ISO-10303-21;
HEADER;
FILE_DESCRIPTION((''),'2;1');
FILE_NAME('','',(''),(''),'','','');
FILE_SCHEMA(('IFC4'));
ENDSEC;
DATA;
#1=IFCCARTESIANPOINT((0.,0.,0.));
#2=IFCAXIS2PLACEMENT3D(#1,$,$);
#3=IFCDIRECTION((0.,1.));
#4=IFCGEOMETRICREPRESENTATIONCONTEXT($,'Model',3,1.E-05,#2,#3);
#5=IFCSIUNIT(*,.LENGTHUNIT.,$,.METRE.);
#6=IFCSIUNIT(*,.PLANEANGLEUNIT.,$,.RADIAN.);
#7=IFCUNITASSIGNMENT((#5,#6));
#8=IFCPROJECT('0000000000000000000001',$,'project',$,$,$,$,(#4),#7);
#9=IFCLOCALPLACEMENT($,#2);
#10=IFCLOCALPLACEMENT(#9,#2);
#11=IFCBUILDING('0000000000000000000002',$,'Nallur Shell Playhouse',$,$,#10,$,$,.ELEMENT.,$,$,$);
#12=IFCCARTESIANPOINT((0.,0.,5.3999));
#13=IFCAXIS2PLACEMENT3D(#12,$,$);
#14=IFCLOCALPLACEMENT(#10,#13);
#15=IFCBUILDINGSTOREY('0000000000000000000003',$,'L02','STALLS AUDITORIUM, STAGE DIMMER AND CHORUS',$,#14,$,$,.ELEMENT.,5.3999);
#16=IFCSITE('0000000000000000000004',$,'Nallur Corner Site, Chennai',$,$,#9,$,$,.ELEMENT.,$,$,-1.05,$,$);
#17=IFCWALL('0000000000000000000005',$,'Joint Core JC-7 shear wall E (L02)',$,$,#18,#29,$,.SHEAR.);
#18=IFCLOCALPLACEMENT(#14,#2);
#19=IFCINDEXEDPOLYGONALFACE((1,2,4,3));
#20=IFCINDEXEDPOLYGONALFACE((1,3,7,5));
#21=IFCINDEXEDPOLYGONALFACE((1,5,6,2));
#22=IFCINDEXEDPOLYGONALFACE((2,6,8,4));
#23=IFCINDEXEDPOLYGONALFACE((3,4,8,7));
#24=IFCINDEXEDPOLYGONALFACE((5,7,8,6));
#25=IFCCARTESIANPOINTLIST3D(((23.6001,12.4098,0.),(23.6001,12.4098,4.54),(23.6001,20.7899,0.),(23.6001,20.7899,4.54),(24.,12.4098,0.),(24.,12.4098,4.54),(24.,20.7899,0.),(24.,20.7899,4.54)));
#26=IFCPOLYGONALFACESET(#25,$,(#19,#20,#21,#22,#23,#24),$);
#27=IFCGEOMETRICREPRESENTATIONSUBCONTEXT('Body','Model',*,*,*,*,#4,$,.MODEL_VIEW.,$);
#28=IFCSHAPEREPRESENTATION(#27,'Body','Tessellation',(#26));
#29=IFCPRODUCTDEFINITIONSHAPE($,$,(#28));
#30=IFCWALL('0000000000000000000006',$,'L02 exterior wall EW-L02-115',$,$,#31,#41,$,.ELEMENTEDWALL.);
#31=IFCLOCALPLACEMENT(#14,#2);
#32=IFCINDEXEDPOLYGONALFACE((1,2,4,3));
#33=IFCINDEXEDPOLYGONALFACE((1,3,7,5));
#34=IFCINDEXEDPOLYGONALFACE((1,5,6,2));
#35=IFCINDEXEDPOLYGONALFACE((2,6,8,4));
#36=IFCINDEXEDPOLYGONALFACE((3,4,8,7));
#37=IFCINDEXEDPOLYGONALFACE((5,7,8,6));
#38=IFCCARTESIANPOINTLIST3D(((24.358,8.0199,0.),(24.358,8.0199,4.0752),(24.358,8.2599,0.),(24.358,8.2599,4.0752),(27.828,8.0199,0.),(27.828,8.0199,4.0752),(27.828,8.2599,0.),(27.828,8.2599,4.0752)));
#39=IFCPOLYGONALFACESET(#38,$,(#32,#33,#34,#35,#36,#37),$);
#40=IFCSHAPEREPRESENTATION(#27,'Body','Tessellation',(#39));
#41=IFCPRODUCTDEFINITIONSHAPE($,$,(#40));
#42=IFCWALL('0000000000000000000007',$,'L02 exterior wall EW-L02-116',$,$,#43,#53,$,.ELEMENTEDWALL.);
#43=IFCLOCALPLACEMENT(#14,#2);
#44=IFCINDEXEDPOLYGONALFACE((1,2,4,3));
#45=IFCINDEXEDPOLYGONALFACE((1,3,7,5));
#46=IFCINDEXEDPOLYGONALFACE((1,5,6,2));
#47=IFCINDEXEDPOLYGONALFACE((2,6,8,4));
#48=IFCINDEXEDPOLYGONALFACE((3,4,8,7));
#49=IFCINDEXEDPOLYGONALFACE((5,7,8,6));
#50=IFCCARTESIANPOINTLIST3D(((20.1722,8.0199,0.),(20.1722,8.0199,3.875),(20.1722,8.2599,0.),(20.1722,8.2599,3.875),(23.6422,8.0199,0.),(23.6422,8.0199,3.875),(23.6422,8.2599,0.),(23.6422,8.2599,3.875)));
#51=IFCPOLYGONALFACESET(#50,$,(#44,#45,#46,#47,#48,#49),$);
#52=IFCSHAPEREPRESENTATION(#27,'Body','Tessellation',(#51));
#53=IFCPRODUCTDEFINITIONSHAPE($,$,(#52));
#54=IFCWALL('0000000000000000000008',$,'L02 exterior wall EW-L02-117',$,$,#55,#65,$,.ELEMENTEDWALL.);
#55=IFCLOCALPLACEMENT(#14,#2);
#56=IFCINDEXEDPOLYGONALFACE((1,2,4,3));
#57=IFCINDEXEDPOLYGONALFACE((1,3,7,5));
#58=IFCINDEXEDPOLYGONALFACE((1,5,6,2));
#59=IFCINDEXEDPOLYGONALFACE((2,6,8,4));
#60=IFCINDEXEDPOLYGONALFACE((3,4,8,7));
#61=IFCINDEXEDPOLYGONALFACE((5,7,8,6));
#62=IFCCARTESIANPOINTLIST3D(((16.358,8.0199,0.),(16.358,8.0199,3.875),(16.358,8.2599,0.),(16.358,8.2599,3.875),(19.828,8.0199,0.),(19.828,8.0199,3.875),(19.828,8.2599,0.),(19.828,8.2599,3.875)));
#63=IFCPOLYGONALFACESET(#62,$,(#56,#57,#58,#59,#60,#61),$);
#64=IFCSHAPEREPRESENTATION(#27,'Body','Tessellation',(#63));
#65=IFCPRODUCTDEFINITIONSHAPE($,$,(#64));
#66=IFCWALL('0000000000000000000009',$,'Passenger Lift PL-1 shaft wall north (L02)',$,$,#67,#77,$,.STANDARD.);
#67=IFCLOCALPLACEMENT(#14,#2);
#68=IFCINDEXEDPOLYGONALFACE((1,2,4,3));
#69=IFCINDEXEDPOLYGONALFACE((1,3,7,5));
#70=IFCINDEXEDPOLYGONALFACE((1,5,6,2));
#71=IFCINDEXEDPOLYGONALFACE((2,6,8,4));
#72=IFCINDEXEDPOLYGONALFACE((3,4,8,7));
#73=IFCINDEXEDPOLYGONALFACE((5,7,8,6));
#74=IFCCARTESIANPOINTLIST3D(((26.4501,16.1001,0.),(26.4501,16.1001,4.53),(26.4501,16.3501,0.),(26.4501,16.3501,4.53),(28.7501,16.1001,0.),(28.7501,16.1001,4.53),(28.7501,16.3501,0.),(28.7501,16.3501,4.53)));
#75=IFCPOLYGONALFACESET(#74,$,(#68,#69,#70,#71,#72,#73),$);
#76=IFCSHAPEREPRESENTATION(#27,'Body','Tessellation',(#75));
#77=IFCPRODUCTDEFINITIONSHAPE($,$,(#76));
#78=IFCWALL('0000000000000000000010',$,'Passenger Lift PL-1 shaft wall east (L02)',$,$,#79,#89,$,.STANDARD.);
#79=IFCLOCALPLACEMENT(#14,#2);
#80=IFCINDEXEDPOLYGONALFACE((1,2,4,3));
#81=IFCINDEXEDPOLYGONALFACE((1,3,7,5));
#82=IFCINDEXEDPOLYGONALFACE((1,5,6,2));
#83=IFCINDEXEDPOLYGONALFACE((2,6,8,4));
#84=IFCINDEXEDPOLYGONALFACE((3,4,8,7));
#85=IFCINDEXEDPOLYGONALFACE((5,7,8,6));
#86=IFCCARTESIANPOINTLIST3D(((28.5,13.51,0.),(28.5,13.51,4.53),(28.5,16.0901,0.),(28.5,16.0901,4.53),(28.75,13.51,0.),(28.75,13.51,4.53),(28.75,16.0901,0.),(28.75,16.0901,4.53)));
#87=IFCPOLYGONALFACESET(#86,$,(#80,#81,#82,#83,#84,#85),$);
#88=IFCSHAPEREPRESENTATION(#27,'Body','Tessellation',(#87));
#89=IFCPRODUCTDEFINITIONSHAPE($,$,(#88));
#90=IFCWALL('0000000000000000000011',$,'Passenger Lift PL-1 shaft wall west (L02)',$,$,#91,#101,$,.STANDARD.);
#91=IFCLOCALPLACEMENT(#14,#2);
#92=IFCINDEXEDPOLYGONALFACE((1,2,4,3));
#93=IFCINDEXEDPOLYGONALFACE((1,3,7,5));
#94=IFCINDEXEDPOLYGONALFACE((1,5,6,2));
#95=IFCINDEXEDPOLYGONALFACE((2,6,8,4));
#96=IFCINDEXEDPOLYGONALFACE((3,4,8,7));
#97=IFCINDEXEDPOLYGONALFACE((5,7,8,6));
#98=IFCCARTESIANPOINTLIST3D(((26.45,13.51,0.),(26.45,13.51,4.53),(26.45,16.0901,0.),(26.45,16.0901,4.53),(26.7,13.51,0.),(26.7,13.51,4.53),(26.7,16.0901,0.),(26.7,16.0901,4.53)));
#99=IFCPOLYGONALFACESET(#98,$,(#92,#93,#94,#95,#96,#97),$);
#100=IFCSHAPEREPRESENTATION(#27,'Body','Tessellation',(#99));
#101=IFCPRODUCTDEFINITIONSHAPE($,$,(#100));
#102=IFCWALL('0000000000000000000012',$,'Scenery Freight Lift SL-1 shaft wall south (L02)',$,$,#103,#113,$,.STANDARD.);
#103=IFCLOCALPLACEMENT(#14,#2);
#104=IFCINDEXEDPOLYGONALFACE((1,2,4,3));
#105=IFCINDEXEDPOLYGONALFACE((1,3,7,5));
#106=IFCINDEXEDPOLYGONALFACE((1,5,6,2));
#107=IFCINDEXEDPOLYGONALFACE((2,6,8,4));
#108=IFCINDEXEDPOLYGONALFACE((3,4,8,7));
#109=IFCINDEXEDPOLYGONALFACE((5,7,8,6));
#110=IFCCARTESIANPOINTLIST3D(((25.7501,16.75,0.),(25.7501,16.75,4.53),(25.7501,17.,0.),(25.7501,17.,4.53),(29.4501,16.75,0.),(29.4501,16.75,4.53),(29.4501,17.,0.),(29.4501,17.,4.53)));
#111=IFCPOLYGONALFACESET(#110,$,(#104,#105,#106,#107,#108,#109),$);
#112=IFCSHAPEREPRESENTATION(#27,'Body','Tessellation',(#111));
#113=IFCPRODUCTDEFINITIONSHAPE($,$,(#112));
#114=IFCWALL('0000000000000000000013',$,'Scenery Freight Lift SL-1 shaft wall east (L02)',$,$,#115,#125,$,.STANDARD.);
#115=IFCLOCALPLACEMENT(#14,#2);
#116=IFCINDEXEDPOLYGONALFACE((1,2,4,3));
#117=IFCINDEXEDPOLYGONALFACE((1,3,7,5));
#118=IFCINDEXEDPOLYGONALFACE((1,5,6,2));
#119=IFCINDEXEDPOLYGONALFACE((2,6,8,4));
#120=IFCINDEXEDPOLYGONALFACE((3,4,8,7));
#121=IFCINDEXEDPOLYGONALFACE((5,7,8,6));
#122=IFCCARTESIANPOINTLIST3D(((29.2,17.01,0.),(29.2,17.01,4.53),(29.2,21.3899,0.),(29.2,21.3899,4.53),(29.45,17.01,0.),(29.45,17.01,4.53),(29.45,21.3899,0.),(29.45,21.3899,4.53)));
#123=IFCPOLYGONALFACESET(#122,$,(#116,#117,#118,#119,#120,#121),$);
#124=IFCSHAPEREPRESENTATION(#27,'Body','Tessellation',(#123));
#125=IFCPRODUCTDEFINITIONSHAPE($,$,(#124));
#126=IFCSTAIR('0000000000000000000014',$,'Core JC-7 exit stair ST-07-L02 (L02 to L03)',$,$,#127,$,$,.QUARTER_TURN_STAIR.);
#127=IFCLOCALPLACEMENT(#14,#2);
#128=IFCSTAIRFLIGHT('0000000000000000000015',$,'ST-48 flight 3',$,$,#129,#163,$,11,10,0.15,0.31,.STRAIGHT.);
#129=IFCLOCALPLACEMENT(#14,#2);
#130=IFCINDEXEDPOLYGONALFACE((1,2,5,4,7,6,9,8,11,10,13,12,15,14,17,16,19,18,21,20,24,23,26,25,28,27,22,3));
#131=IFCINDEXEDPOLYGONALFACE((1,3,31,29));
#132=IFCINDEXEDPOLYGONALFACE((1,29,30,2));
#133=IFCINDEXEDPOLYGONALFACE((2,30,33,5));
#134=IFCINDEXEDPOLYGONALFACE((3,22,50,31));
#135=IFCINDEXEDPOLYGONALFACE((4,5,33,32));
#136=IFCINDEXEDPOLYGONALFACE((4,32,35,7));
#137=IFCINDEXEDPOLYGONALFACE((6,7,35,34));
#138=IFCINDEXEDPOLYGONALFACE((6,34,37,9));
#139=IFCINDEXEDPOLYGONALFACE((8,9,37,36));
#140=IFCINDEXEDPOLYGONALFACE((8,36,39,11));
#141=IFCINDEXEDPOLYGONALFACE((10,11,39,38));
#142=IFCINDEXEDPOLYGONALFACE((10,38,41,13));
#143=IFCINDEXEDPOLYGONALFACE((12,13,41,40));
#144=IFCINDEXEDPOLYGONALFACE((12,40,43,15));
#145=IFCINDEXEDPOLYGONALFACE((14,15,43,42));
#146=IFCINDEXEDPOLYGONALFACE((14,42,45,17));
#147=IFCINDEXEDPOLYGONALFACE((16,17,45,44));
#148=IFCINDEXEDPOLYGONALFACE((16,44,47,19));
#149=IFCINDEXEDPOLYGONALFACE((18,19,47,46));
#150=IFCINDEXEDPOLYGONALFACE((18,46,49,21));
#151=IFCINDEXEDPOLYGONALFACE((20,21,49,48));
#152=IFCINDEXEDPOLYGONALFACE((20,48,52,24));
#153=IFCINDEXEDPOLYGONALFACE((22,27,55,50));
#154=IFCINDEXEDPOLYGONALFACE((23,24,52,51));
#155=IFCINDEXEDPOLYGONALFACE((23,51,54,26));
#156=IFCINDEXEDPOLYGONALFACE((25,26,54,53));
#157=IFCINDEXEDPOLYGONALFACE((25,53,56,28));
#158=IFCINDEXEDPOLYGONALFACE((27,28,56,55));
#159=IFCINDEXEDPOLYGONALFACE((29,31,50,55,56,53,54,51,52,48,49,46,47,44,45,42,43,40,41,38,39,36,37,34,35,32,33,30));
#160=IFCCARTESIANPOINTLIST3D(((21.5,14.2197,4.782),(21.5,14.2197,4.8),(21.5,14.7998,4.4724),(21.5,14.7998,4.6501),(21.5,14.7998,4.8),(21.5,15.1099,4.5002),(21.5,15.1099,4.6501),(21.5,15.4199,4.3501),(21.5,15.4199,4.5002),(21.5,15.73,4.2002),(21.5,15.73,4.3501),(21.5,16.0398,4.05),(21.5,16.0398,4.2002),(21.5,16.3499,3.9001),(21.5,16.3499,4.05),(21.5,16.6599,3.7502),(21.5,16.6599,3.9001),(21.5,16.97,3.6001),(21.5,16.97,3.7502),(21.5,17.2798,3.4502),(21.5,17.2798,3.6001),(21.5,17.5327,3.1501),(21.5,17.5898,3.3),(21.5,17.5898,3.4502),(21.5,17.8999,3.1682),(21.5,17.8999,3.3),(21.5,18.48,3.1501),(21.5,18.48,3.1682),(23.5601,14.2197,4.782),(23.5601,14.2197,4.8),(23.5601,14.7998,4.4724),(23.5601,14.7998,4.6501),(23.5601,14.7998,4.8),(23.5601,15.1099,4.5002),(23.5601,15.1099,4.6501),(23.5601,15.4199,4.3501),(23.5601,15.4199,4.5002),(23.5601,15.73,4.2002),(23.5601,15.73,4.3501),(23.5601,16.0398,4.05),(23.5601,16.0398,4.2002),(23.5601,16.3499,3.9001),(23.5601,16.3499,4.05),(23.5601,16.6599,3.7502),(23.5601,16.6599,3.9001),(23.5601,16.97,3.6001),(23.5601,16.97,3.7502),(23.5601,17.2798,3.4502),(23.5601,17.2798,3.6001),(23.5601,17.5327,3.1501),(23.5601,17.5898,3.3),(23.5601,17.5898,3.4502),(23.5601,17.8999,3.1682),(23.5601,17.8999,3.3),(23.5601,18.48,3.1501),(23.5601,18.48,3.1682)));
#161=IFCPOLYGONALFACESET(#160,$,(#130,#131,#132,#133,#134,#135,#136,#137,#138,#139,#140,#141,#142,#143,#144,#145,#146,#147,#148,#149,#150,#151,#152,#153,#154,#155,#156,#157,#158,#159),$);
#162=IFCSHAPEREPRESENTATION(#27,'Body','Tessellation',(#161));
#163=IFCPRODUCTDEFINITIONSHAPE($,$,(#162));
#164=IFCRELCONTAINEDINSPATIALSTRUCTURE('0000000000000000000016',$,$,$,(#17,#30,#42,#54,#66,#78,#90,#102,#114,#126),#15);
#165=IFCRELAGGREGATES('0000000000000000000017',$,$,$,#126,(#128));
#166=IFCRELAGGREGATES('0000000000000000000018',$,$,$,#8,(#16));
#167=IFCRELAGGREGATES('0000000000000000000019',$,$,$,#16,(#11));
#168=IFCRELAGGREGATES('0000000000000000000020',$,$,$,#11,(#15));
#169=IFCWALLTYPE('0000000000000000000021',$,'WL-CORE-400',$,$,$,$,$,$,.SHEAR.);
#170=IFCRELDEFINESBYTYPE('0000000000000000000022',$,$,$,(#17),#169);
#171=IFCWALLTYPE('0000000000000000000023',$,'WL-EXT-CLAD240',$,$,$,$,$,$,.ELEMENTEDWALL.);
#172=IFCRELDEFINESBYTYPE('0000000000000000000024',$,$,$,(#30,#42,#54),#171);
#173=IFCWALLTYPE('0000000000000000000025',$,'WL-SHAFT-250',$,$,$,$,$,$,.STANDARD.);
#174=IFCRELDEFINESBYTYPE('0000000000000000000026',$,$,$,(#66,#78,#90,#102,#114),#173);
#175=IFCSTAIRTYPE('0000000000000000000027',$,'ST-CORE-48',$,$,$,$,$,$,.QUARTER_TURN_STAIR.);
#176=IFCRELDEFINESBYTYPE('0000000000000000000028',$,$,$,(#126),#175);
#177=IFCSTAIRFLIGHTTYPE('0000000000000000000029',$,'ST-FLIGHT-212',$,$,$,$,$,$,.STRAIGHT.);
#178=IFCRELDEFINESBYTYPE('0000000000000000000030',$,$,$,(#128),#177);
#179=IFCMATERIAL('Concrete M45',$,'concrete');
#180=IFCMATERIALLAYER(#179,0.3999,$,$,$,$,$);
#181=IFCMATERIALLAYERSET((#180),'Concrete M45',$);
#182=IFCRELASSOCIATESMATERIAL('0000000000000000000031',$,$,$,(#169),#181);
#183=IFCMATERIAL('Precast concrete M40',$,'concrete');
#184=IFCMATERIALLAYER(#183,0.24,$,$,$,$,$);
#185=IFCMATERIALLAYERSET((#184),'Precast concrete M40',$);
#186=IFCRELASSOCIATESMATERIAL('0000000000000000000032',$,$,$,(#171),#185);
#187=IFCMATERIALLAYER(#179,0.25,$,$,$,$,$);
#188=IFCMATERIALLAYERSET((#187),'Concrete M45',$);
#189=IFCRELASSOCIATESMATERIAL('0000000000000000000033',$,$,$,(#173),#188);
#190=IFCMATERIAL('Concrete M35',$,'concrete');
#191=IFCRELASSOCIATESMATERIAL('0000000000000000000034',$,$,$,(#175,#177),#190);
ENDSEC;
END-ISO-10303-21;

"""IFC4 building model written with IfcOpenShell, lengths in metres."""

from ifc_helpers import new_model, si_unit, direction, frame, frame_2d, origin, place, context, subcontext, project, spatial, polyline, rectangle, outline, extrude, material, layer, layer_set, type_object, element, aggregate, save


model = new_model("IFC4")

# Units and contexts
model_context = context("Model", 3, precision=1e-05, world=origin(), true_north=direction((0.0, 1.0)))
body_context = subcontext(model_context, "Body", "Model", "MODEL_VIEW")
ifc_project = project(units=[si_unit("LENGTHUNIT", "METRE"), si_unit("PLANEANGLEUNIT", "RADIAN")], contexts=[model_context])

# Site, building, storey
site_placement = place(None, origin())
site = spatial("IfcSite", under=ifc_project, at=site_placement, Name="Nallur Corner Site, Chennai", CompositionType="ELEMENT", RefElevation=-1.05)
building_placement = place(site_placement, origin())
building = spatial("IfcBuilding", under=site, at=building_placement, Name="Nallur Shell Playhouse", CompositionType="ELEMENT")
storey_placement = place(building_placement, frame((0.0, 0.0, 5.3999)))
storey = spatial("IfcBuildingStorey", under=building, at=storey_placement, Name="L02", Description="STALLS AUDITORIUM, STAGE DIMMER AND CHORUS", CompositionType="ELEMENT", Elevation=5.3999)

# Shared definitions
ifc_material_1 = material(Name="Concrete M35", Category="concrete")

# Shared definitions
ifc_material_2 = material(Name="Concrete M45", Category="concrete")
ifc_layer_1 = layer(ifc_material_2, 0.3999)
ifc_layer_set_1 = layer_set([ifc_layer_1], Name="Concrete M45")
wall_type_1 = type_object("IfcWallType", Name="WL-CORE-400", PredefinedType="SHEAR", material=ifc_layer_set_1)

# Walls
wall_1_placement = place(storey_placement, frame((23.8, 12.4099, 0.0), z_axis=(0.0, 0.0, 1.0), x_axis=(0.0, 1.0, 0.0)))
element("IfcWall", 1, at=wall_1_placement, inside=storey, type_object=wall_type_1, Name="Joint Core JC-7 shear wall E (L02)", PredefinedType="SHEAR", context=body_context, shape_type="SweptSolid", body=[
    extrude(rectangle(XDim=8.3801, YDim=0.3999, at=frame_2d((4.1899, 0.0))), origin(), (0.0, 0.0, 1.0), 4.54),
])
ifc_material_3 = material(Name="Precast concrete M40", Category="concrete")
ifc_layer_2 = layer(ifc_material_3, 0.24)
ifc_layer_set_2 = layer_set([ifc_layer_2], Name="Precast concrete M40")
wall_type_2 = type_object("IfcWallType", Name="WL-EXT-CLAD240", PredefinedType="ELEMENTEDWALL", material=ifc_layer_set_2)
wall_2_placement = place(storey_placement, frame((27.8279, 8.1399, 0.0), z_axis=(0.0, 0.0, 1.0), x_axis=(-1.0, 0.0, 0.0)))
element("IfcWall", 2, at=wall_2_placement, inside=storey, type_object=wall_type_2, Name="L02 exterior wall EW-L02-115", PredefinedType="ELEMENTEDWALL", context=body_context, shape_type="SweptSolid", body=[
    extrude(rectangle(XDim=3.47, YDim=0.24, at=frame_2d((1.7349, 0.0))), origin(), (0.0, 0.0, 1.0), 4.0752),
])
for number, where, z_axis, x_axis, name in (
    (3, (23.6421, 8.1399, 0.0), (0.0, 0.0, 1.0), (-1.0, 0.0, 0.0), "L02 exterior wall EW-L02-116"),
    (4, (19.8279, 8.1399, 0.0), (0.0, 0.0, 1.0), (-1.0, 0.0, 0.0), "L02 exterior wall EW-L02-117"),
):
    element("IfcWall", number, at=place(storey_placement, frame(where, z_axis=z_axis, x_axis=x_axis)), inside=storey, type_object=wall_type_2, Name=name, PredefinedType="ELEMENTEDWALL", context=body_context, shape_type="SweptSolid", body=[
        extrude(rectangle(XDim=3.47, YDim=0.24, at=frame_2d((1.7349, 0.0))), origin(), (0.0, 0.0, 1.0), 3.875),
    ])

# Shared definitions
ifc_layer_3 = layer(ifc_material_2, 0.25)
ifc_layer_set_3 = layer_set([ifc_layer_3], Name="Concrete M45")
wall_type_3 = type_object("IfcWallType", Name="WL-SHAFT-250", PredefinedType="STANDARD", material=ifc_layer_set_3)

# Walls
wall_3_placement = place(storey_placement, frame((28.75, 16.2251, 0.0), z_axis=(0.0, 0.0, 1.0), x_axis=(-1.0, 0.0, 0.0)))
element("IfcWall", 5, at=wall_3_placement, inside=storey, type_object=wall_type_3, Name="Passenger Lift PL-1 shaft wall north (L02)", PredefinedType="STANDARD", context=body_context, shape_type="SweptSolid", body=[
    extrude(rectangle(XDim=2.3, YDim=0.25, at=frame_2d((1.1499, 0.0))), origin(), (0.0, 0.0, 1.0), 4.53),
])
for number, where, z_axis, x_axis, name in (
    (6, (28.625, 13.51, 0.0), (0.0, 0.0, 1.0), (0.0, 1.0, 0.0), "Passenger Lift PL-1 shaft wall east (L02)"),
    (7, (26.575, 16.0901, 0.0), (0.0, 0.0, 1.0), (0.0, -1.0, 0.0), "Passenger Lift PL-1 shaft wall west (L02)"),
):
    element("IfcWall", number, at=place(storey_placement, frame(where, z_axis=z_axis, x_axis=x_axis)), inside=storey, type_object=wall_type_3, Name=name, PredefinedType="STANDARD", context=body_context, shape_type="SweptSolid", body=[
        extrude(rectangle(XDim=2.5801, YDim=0.25, at=frame_2d((1.29, 0.0))), origin(), (0.0, 0.0, 1.0), 4.53),
    ])
wall_4_placement = place(storey_placement, frame((25.75, 16.875, 0.0), z_axis=(0.0, 0.0, 1.0), x_axis=(1.0, 0.0, 0.0)))
element("IfcWall", 8, at=wall_4_placement, inside=storey, type_object=wall_type_3, Name="Scenery Freight Lift SL-1 shaft wall south (L02)", PredefinedType="STANDARD", context=body_context, shape_type="SweptSolid", body=[
    extrude(rectangle(XDim=3.7, YDim=0.25, at=frame_2d((1.8501, 0.0))), origin(), (0.0, 0.0, 1.0), 4.53),
])
wall_5_placement = place(storey_placement, frame((29.325, 17.01, 0.0), z_axis=(0.0, 0.0, 1.0), x_axis=(0.0, 1.0, 0.0)))
element("IfcWall", 9, at=wall_5_placement, inside=storey, type_object=wall_type_3, Name="Scenery Freight Lift SL-1 shaft wall east (L02)", PredefinedType="STANDARD", context=body_context, shape_type="SweptSolid", body=[
    extrude(rectangle(XDim=4.3799, YDim=0.25, at=frame_2d((2.1899, 0.0))), origin(), (0.0, 0.0, 1.0), 4.53),
])

# Stair, stair flight
stair_type = type_object("IfcStairType", Name="ST-CORE-48", PredefinedType="QUARTER_TURN_STAIR", material=ifc_material_1)
stair_placement = place(storey_placement, origin())
stair = element("IfcStair", 10, at=stair_placement, inside=storey, type_object=stair_type, Name="Core JC-7 exit stair ST-07-L02 (L02 to L03)", PredefinedType="QUARTER_TURN_STAIR")
stair_flight_type = type_object("IfcStairFlightType", Name="ST-FLIGHT-212", PredefinedType="STRAIGHT", material=ifc_material_1)
stair_flight_placement = place(storey_placement, frame((22.53, 17.8999, 3.1501), z_axis=(0.0, 0.0, 1.0), x_axis=(0.0, -1.0, 0.0)))
stair_flight = element("IfcStairFlight", 11, at=stair_flight_placement, type_object=stair_flight_type, Name="ST-48 flight 3", NumberOfRisers=11, NumberOfTreads=10, PredefinedType="STRAIGHT", RiserHeight=0.15, TreadLength=0.31, context=body_context, shape_type="SweptSolid", body=[
    extrude(outline(polyline([(-0.5801, 0.0), (-0.5801, 0.0181), (0.0, 0.0181), (0.0, 0.1499), (0.3101, 0.1499), (0.3101, 0.3), (0.6201, 0.3), (0.6201, 0.45), (0.9299, 0.45), (0.9299, 0.6001), (1.24, 0.6001), (1.24, 0.75), (1.55, 0.75), (1.55, 0.8999), (1.8601, 0.8999), (1.8601, 1.05), (2.1699, 1.05), (2.1699, 1.2), (2.48, 1.2), (2.48, 1.3501), (2.79, 1.3501), (2.79, 1.5), (3.1001, 1.5), (3.1001, 1.6499), (3.6802, 1.6499), (3.6802, 1.6318), (3.1001, 1.3223), (0.3672, 0.0), (-0.5801, 0.0)])), frame((0.0, 1.03, 0.0), z_axis=(0.0, -1.0, 0.0), x_axis=(1.0, 0.0, 0.0)), (0.0, 0.0, 1.0), 2.0601),
])
aggregate(stair, [stair_flight])

save(model, "model.ifc")
